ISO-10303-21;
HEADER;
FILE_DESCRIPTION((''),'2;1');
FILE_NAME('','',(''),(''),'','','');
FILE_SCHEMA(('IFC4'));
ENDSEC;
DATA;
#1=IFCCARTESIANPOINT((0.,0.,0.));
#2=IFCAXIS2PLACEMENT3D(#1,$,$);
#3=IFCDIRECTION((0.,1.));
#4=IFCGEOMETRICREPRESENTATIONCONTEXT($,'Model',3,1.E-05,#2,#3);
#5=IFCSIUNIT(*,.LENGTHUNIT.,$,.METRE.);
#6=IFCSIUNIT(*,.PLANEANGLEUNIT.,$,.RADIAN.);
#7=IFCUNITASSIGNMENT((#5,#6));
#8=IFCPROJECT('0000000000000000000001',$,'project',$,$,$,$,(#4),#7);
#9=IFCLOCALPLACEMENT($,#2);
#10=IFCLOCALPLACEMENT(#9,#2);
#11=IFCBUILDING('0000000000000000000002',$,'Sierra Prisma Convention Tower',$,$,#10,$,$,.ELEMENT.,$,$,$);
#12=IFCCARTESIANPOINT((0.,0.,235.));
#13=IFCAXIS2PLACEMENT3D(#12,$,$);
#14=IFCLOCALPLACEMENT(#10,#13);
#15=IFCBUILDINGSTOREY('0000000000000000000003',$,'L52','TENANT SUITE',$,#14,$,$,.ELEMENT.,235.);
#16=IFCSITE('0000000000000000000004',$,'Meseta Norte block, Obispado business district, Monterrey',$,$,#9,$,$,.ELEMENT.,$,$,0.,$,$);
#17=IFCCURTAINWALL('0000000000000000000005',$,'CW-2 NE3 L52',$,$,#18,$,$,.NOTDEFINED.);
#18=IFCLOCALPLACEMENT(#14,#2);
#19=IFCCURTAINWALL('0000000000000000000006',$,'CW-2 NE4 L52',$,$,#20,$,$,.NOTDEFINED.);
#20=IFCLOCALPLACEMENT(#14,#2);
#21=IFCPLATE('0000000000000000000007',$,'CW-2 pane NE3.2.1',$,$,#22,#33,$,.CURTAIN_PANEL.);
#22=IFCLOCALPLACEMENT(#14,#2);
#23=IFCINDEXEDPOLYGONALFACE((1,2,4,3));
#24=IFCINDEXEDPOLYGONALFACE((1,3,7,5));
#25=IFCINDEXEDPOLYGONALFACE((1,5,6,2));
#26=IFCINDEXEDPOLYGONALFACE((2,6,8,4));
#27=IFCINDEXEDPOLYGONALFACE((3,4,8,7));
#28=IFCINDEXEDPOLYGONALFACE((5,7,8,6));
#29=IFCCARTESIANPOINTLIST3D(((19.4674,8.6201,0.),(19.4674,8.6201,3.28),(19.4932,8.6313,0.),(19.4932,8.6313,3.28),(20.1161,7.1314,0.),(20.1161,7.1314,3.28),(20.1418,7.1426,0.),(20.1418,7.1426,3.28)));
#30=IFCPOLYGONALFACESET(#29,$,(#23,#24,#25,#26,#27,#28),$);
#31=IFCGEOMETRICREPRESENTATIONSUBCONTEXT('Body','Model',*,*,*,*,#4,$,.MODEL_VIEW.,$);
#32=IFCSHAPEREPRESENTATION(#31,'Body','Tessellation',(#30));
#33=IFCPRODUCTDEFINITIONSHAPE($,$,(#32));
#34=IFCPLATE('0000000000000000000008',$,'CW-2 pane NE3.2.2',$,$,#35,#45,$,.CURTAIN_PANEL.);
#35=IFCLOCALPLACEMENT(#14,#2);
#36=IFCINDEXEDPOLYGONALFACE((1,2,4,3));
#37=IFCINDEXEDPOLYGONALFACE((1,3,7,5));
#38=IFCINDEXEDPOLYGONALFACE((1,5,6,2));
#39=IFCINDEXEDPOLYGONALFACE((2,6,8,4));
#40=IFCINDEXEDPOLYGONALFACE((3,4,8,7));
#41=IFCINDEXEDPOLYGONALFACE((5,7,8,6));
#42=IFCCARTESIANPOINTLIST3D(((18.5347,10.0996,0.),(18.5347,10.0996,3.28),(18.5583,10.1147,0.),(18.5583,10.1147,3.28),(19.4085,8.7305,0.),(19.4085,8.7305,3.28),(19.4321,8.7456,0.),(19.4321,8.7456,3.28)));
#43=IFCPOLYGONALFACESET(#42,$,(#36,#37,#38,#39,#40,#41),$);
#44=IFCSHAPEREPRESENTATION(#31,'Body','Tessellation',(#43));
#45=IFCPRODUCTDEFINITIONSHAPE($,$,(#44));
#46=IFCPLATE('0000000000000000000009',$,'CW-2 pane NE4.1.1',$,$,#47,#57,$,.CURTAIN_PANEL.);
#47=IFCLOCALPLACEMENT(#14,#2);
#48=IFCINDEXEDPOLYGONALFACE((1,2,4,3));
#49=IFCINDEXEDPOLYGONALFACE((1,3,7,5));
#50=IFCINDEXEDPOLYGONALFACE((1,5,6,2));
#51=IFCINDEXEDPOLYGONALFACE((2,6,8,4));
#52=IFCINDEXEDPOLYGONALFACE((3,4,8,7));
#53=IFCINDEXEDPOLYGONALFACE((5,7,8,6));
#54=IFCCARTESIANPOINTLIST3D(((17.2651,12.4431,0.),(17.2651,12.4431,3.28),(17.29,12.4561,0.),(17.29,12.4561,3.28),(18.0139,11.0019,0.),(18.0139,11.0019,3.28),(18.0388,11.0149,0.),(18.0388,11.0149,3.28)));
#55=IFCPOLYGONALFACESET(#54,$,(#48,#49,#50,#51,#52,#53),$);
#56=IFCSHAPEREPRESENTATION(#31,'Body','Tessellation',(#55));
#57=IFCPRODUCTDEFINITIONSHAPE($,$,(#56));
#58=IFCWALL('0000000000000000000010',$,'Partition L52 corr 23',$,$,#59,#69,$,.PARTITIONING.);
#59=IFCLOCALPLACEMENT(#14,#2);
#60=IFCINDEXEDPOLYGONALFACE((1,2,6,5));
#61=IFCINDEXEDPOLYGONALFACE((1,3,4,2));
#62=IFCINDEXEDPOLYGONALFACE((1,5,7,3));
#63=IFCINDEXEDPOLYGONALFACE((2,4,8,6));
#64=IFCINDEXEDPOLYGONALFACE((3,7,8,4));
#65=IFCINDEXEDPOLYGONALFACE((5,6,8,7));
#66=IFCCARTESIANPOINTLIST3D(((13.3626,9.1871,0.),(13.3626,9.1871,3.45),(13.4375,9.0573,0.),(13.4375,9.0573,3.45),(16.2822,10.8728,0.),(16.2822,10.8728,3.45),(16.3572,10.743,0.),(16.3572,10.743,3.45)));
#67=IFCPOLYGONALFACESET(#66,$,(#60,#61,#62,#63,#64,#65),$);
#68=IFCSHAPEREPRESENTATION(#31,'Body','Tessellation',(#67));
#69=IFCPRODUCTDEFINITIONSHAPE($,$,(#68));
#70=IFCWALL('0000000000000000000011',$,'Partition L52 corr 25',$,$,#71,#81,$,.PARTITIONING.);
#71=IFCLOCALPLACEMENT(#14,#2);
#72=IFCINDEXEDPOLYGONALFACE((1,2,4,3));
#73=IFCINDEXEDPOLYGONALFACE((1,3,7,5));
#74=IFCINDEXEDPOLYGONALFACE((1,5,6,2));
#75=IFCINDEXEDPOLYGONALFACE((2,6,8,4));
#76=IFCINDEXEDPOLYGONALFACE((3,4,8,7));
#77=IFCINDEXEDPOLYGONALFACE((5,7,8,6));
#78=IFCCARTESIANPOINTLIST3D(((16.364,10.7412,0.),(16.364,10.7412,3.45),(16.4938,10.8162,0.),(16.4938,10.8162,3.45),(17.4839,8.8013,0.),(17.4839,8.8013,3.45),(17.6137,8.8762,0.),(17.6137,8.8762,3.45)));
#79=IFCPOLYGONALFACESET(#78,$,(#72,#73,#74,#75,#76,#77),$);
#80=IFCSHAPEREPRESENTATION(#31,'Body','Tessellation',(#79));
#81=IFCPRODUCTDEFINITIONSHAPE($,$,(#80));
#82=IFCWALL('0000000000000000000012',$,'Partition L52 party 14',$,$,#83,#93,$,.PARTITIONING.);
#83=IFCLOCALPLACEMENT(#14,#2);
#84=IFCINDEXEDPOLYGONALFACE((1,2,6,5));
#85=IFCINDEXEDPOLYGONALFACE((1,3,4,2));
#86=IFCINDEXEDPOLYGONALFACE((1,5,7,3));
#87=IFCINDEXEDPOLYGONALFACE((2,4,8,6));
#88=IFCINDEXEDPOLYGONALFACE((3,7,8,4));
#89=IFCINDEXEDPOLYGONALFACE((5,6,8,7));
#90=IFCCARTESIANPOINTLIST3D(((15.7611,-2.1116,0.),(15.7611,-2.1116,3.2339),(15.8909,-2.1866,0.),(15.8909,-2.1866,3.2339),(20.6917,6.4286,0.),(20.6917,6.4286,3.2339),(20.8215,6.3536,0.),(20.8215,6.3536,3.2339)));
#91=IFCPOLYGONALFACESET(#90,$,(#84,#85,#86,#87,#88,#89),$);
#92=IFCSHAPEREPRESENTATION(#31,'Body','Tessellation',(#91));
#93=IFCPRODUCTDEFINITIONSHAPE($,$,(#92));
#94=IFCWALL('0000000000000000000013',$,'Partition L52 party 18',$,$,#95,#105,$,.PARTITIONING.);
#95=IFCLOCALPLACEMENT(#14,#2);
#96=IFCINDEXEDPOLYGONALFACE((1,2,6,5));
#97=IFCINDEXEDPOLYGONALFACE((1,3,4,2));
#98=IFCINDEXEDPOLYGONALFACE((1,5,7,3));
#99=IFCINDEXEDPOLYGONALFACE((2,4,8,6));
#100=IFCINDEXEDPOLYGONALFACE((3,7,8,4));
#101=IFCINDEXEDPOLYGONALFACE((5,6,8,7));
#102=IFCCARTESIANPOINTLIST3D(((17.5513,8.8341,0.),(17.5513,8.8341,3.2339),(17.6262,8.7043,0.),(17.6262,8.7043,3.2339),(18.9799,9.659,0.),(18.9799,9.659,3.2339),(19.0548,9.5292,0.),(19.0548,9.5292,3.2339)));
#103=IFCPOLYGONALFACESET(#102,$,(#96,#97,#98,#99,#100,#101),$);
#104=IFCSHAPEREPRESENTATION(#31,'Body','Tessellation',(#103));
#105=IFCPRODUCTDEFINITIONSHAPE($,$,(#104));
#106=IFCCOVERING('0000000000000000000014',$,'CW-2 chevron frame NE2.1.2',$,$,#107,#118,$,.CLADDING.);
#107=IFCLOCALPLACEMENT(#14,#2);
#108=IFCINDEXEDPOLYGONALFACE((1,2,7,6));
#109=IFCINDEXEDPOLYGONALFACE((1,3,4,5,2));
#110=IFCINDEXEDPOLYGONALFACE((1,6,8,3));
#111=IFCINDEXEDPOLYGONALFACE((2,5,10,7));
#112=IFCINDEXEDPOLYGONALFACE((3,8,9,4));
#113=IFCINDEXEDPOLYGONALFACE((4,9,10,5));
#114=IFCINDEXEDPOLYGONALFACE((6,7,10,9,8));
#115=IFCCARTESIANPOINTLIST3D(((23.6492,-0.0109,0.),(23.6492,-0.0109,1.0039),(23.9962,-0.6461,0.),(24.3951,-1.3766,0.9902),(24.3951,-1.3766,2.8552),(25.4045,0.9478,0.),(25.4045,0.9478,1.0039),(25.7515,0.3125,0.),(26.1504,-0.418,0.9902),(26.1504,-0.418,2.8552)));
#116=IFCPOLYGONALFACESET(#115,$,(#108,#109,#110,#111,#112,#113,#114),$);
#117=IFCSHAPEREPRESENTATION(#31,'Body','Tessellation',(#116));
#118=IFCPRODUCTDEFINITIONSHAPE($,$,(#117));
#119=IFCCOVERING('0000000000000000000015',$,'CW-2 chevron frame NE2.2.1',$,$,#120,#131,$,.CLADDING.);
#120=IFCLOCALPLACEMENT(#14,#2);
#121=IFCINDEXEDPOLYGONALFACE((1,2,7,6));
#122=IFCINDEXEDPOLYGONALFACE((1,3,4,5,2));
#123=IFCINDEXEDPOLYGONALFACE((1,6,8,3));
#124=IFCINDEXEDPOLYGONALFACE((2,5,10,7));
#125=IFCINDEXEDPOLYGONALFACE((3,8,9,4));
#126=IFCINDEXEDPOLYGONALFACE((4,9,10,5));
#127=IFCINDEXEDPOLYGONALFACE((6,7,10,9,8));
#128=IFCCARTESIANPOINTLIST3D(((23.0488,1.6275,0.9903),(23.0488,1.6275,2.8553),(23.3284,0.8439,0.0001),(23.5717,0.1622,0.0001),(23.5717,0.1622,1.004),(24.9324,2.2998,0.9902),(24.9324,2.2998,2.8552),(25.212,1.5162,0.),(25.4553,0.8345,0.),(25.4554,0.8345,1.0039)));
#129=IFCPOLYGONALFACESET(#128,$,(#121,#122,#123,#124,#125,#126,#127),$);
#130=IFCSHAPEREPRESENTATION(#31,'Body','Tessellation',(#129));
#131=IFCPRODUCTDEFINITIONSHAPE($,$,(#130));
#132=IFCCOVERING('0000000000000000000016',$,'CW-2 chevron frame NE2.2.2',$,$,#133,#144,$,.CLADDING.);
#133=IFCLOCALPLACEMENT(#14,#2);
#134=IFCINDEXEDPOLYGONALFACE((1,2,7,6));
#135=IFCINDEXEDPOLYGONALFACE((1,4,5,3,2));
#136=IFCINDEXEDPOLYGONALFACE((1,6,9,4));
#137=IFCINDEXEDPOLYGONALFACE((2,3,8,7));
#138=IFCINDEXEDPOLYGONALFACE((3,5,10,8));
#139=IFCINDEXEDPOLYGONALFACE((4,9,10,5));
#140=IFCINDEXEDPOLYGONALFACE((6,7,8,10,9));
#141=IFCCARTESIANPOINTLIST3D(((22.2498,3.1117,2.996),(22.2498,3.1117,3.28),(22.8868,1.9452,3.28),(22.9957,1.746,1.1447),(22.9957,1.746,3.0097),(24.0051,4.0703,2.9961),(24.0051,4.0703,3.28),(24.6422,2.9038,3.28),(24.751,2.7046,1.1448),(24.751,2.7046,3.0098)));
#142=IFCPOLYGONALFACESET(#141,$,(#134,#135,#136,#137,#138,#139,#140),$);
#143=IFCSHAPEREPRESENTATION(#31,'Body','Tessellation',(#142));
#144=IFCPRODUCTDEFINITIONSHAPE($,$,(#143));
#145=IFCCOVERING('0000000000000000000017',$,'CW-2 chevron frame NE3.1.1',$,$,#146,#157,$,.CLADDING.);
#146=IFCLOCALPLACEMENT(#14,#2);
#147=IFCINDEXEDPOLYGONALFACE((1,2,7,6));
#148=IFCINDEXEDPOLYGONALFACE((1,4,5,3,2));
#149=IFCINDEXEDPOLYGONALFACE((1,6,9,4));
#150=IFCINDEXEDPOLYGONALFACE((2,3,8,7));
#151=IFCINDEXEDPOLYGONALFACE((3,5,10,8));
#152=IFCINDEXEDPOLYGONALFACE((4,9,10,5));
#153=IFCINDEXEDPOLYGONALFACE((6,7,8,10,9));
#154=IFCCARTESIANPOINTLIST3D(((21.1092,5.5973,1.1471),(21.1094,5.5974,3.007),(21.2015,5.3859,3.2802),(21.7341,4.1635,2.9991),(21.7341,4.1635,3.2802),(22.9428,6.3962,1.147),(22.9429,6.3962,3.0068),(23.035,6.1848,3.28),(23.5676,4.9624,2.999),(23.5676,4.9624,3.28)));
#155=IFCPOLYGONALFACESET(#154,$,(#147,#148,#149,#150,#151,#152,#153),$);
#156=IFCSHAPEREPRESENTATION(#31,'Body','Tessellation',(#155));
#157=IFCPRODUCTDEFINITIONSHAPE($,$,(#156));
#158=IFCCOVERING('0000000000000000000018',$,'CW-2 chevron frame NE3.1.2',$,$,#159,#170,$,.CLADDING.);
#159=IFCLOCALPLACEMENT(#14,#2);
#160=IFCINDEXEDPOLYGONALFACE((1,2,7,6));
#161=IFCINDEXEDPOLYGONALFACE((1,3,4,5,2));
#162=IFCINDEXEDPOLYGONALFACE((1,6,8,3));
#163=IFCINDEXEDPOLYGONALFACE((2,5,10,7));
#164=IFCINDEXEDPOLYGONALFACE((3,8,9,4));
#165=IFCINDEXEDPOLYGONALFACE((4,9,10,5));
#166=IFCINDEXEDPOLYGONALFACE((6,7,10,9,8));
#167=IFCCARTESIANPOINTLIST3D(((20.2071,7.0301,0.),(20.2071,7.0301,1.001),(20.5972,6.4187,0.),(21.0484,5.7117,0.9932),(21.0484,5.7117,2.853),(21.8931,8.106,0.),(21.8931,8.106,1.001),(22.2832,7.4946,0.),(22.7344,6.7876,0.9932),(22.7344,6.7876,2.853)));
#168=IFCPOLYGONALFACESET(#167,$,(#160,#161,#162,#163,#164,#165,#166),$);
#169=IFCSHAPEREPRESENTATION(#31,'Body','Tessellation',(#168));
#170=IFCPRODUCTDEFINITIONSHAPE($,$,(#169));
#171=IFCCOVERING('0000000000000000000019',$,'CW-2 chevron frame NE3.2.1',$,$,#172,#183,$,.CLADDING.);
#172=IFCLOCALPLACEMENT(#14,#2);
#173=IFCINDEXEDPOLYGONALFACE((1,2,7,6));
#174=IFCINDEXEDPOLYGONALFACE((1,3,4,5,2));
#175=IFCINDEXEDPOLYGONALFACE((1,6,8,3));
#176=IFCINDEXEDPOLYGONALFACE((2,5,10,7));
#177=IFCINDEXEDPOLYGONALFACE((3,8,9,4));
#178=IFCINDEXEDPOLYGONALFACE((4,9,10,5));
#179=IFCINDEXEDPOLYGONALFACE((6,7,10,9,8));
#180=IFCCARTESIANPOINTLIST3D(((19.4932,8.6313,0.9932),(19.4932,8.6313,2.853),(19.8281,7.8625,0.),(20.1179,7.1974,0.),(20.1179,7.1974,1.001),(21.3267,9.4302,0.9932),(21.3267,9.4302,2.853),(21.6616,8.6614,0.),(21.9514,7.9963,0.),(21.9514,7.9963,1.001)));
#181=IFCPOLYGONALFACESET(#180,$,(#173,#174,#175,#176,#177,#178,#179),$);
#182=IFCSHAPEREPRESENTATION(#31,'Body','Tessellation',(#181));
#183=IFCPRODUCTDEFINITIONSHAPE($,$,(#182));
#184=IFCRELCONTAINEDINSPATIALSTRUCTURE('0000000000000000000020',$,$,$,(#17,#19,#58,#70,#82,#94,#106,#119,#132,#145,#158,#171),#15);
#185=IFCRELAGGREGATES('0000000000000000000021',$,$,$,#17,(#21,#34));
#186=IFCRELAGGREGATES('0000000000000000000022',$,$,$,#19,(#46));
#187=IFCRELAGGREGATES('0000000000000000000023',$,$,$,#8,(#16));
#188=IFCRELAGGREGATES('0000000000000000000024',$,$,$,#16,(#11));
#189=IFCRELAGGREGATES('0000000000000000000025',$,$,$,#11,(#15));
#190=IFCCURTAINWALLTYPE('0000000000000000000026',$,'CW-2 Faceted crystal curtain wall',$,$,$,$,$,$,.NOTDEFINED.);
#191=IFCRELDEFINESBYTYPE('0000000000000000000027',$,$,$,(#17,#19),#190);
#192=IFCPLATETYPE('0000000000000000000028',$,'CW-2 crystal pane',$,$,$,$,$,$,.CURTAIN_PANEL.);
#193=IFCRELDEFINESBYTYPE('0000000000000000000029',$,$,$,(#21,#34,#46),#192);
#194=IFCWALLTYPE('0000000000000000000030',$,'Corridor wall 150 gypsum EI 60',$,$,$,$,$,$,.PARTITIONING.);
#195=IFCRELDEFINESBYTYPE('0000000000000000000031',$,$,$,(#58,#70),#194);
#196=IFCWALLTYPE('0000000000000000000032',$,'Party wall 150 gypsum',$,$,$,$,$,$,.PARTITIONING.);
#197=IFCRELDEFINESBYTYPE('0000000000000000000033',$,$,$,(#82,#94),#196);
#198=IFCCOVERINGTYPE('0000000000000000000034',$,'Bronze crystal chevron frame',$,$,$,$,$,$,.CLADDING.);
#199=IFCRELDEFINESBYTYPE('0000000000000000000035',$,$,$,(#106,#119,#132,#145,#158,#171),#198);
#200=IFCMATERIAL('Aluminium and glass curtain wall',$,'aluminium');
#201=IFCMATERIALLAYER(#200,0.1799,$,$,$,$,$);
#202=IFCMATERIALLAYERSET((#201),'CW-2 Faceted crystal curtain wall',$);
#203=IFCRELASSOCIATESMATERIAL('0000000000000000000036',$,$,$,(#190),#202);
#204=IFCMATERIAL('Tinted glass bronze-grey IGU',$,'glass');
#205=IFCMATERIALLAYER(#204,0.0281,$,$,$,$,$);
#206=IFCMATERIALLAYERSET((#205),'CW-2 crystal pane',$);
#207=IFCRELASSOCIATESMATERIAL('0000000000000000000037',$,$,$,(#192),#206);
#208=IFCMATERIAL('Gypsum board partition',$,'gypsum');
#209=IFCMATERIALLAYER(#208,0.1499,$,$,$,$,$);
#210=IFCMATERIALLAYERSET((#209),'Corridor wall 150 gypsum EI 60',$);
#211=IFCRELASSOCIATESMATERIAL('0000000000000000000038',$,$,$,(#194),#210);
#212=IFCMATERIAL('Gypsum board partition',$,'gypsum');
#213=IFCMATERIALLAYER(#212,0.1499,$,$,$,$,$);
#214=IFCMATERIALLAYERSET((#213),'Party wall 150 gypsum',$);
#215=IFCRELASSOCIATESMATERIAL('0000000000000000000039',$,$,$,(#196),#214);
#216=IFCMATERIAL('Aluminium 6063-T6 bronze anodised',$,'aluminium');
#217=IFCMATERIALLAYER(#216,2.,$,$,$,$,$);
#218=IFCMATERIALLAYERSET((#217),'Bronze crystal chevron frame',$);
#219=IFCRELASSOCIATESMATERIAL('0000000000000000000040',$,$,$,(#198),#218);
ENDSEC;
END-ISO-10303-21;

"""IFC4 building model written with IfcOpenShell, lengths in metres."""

from ifc_helpers import new_model, si_unit, direction, frame, frame_2d, origin, place, context, subcontext, project, spatial, polyline, rectangle, outline, extrude, material, layer, layer_set, type_object, element, aggregate, save


model = new_model("IFC4")

# Units and contexts
model_context = context("Model", 3, precision=1e-05, world=origin(), true_north=direction((0.0, 1.0)))
body_context = subcontext(model_context, "Body", "Model", "MODEL_VIEW")
ifc_project = project(units=[si_unit("LENGTHUNIT", "METRE"), si_unit("PLANEANGLEUNIT", "RADIAN")], contexts=[model_context])

# Site, building, storey
site_placement = place(None, origin())
site = spatial("IfcSite", under=ifc_project, at=site_placement, Name="Meseta Norte block, Obispado business district, Monterrey", CompositionType="ELEMENT", RefElevation=0.0)
building_placement = place(site_placement, origin())
building = spatial("IfcBuilding", under=site, at=building_placement, Name="Sierra Prisma Convention Tower", CompositionType="ELEMENT")
storey_placement = place(building_placement, frame((0.0, 0.0, 235.0)))
storey = spatial("IfcBuildingStorey", under=building, at=storey_placement, Name="L52", Description="TENANT SUITE", CompositionType="ELEMENT", Elevation=235.0)

# Curtain wall
ifc_material_1 = material(Name="Aluminium and glass curtain wall", Category="aluminium")
ifc_layer_1 = layer(ifc_material_1, 0.1799)
ifc_layer_set_1 = layer_set([ifc_layer_1], Name="CW-2 Faceted crystal curtain wall")
curtain_wall_type = type_object("IfcCurtainWallType", Name="CW-2 Faceted crystal curtain wall", PredefinedType="NOTDEFINED", material=ifc_layer_set_1)
curtain_wall_1_placement = place(storey_placement, origin())
curtain_wall_1 = element("IfcCurtainWall", 1, at=curtain_wall_1_placement, inside=storey, type_object=curtain_wall_type, Name="CW-2 NE3 L52", PredefinedType="NOTDEFINED")

# Curtain wall
curtain_wall_2_placement = place(storey_placement, origin())
curtain_wall_2 = element("IfcCurtainWall", 2, at=curtain_wall_2_placement, inside=storey, type_object=curtain_wall_type, Name="CW-2 NE4 L52", PredefinedType="NOTDEFINED")

# Plates
ifc_material_2 = material(Name="Tinted glass bronze-grey IGU", Category="glass")
ifc_layer_2 = layer(ifc_material_2, 0.0281)
ifc_layer_set_2 = layer_set([ifc_layer_2], Name="CW-2 crystal pane")
plate_type = type_object("IfcPlateType", Name="CW-2 crystal pane", PredefinedType="CURTAIN_PANEL", material=ifc_layer_set_2)
plate_1_placement = place(storey_placement, frame((20.1418, 7.1426, 0.0), z_axis=(0.916757, 0.399446, 0.0), x_axis=(-0.399446, 0.916757, 0.0)))
plate_1 = element("IfcPlate", 3, at=plate_1_placement, type_object=plate_type, Name="CW-2 pane NE3.2.1", PredefinedType="CURTAIN_PANEL", context=body_context, shape_type="SweptSolid", body=[
    extrude(outline(polyline([(0.0, 0.0), (1.624, 0.0), (1.624, 3.28), (0.0, 3.28), (0.0, 0.0)])), origin(), (0.0, 0.0, -1.0), 0.0281),
])
plate_2_placement = place(storey_placement, frame((18.5583, 10.1147, 0.0), z_axis=(0.842961, 0.537974, 0.0), x_axis=(0.537974, -0.842961, 0.0)))
plate_2 = element("IfcPlate", 4, at=plate_2_placement, type_object=plate_type, Name="CW-2 pane NE3.2.2", PredefinedType="CURTAIN_PANEL", context=body_context, shape_type="SweptSolid", body=[
    extrude(outline(polyline([(0.0, 0.0), (1.6242, 0.0), (1.6242, -3.28), (0.0, -3.28), (0.0, 0.0)])), origin(), (0.0, 0.0, -1.0), 0.0281),
])
aggregate(curtain_wall_1, [plate_1, plate_2])
plate_3_placement = place(storey_placement, frame((18.0388, 11.0149, 0.0), z_axis=(0.887374, 0.46105, 0.0), x_axis=(-0.46105, 0.887374, 0.0)))
plate_3 = element("IfcPlate", 5, at=plate_3_placement, type_object=plate_type, Name="CW-2 pane NE4.1.1", PredefinedType="CURTAIN_PANEL", context=body_context, shape_type="SweptSolid", body=[
    extrude(outline(polyline([(0.0, 0.0), (1.6241, 0.0), (1.6241, 3.28), (0.0, 3.28), (0.0, 0.0)])), origin(), (0.0, 0.0, -1.0), 0.0281),
])
aggregate(curtain_wall_2, [plate_3])

# Walls
ifc_material_3 = material(Name="Gypsum board partition", Category="gypsum")
ifc_layer_3 = layer(ifc_material_3, 0.1499)
ifc_layer_set_3 = layer_set([ifc_layer_3], Name="Corridor wall 150 gypsum EI 60")
wall_type_1 = type_object("IfcWallType", Name="Corridor wall 150 gypsum EI 60", PredefinedType="PARTITIONING", material=ifc_layer_set_3)
wall_1_placement = place(storey_placement, frame((16.3196, 10.8079, 0.0), z_axis=(0.0, 0.0, 1.0), x_axis=(-0.866011, -0.500025, 0.0)))
element("IfcWall", 6, at=wall_1_placement, inside=storey, type_object=wall_type_1, Name="Partition L52 corr 23", PredefinedType="PARTITIONING", context=body_context, shape_type="SweptSolid", body=[
    extrude(rectangle(XDim=3.3713, YDim=0.1499, at=frame_2d((1.6855, 0.0))), origin(), (0.0, 0.0, 1.0), 3.45),
])
wall_2_placement = place(storey_placement, frame((17.5488, 8.8386, 0.0), z_axis=(0.0, 0.0, 1.0), x_axis=(-0.499949, 0.866055, 0.0)))
element("IfcWall", 7, at=wall_2_placement, inside=storey, type_object=wall_type_1, Name="Partition L52 corr 25", PredefinedType="PARTITIONING", context=body_context, shape_type="SweptSolid", body=[
    extrude(rectangle(XDim=2.24, YDim=0.1499, at=frame_2d((1.1201, 0.0))), origin(), (0.0, 0.0, 1.0), 3.45),
])
ifc_material_4 = material(Name="Gypsum board partition", Category="gypsum")
ifc_layer_4 = layer(ifc_material_4, 0.1499)
ifc_layer_set_4 = layer_set([ifc_layer_4], Name="Party wall 150 gypsum")
wall_type_2 = type_object("IfcWallType", Name="Party wall 150 gypsum", PredefinedType="PARTITIONING", material=ifc_layer_set_4)
wall_3_placement = place(storey_placement, frame((20.7566, 6.3911, 0.0), z_axis=(0.0, 0.0, 1.0), x_axis=(-0.499995, -0.866029, 0.0)))
element("IfcWall", 8, at=wall_3_placement, inside=storey, type_object=wall_type_2, Name="Partition L52 party 14", PredefinedType="PARTITIONING", context=body_context, shape_type="SweptSolid", body=[
    extrude(rectangle(XDim=9.8613, YDim=0.1499, at=frame_2d((4.9307, 0.0))), origin(), (0.0, 0.0, 1.0), 3.2339),
])
wall_4_placement = place(storey_placement, frame((17.5889, 8.7693, 0.0), z_axis=(0.0, 0.0, 1.0), x_axis=(0.866003, 0.500038, 0.0)))
element("IfcWall", 9, at=wall_4_placement, inside=storey, type_object=wall_type_2, Name="Partition L52 party 18", PredefinedType="PARTITIONING", context=body_context, shape_type="SweptSolid", body=[
    extrude(rectangle(XDim=1.6497, YDim=0.1499, at=frame_2d((0.8247, 0.0))), origin(), (0.0, 0.0, 1.0), 3.2339),
])

# Coverings
ifc_material_5 = material(Name="Aluminium 6063-T6 bronze anodised", Category="aluminium")
ifc_layer_5 = layer(ifc_material_5, 2.0)
ifc_layer_set_5 = layer_set([ifc_layer_5], Name="Bronze crystal chevron frame")
covering_type = type_object("IfcCoveringType", Name="Bronze crystal chevron frame", PredefinedType="CLADDING", material=ifc_layer_set_5)
covering_1_placement = place(storey_placement, frame((26.1504, -0.418, 2.8552), z_axis=(0.87765, 0.479303, 0.0), x_axis=(0.0, 0.0, -1.0)))
element("IfcCovering", 10, at=covering_1_placement, inside=storey, type_object=covering_type, Name="CW-2 chevron frame NE2.1.2", PredefinedType="CLADDING", context=body_context, shape_type="SweptSolid", body=[
    extrude(outline(polyline([(0.0, 0.0), (1.865, 0.0), (2.8552, 0.8323), (2.8552, 1.5561), (1.8513, 1.5561), (0.0, 0.0)])), origin(), (0.0, 0.0, -1.0), 2.0),
])
covering_2_placement = place(storey_placement, frame((25.4553, 0.8345, 0.0), z_axis=(0.941811, 0.336142, -0.000041), x_axis=(-0.336142, 0.941811, 0.0)))
element("IfcCovering", 11, at=covering_2_placement, inside=storey, type_object=covering_type, Name="CW-2 chevron frame NE2.2.1", PredefinedType="CLADDING", context=body_context, shape_type="SweptSolid", body=[
    extrude(outline(polyline([(0.0, 0.0), (0.7238, 0.0), (1.5559, 0.9902), (1.5559, 2.8552), (0.0, 1.0039), (0.0, 0.0)])), origin(), (0.0, 0.0, -1.0), 2.0),
])
covering_3_placement = place(storey_placement, frame((24.0051, 4.0703, 3.28), z_axis=(0.877652, 0.479298, 0.000033), x_axis=(0.479298, -0.877652, 0.0)))
element("IfcCovering", 12, at=covering_3_placement, inside=storey, type_object=covering_type, Name="CW-2 chevron frame NE2.2.2", PredefinedType="CLADDING", context=body_context, shape_type="SweptSolid", body=[
    extrude(outline(polyline([(0.0, 0.0), (1.3291, 0.0), (1.5561, 0.2703), (1.5561, 2.1353), (0.0, 0.2839), (0.0, 0.0)])), origin(), (0.0, 0.0, -1.0), 2.0),
])
covering_4_placement = place(storey_placement, frame((23.5676, 4.9624, 3.28), z_axis=(0.916759, 0.399441, -0.000063), x_axis=(-0.000057, -0.000025, -1.0)))
element("IfcCovering", 13, at=covering_4_placement, inside=storey, type_object=covering_type, Name="CW-2 chevron frame NE3.1.1", PredefinedType="CLADDING", context=body_context, shape_type="SweptSolid", body=[
    extrude(outline(polyline([(0.0, 0.0), (0.281, 0.0), (2.1331, 1.564), (0.2732, 1.564), (0.0, 1.3333), (0.0, 0.0)])), origin(), (0.0, 0.0, -1.0), 2.0),
])
covering_5_placement = place(storey_placement, frame((22.7344, 6.7876, 2.853), z_axis=(0.842978, 0.537948, 0.000005), x_axis=(0.000004, 0.000003, -1.0)))
element("IfcCovering", 14, at=covering_5_placement, inside=storey, type_object=covering_type, Name="CW-2 chevron frame NE3.1.2", PredefinedType="CLADDING", context=body_context, shape_type="SweptSolid", body=[
    extrude(outline(polyline([(0.0, 0.0), (1.8599, 0.0), (2.853, 0.8387), (2.853, 1.5639), (1.8521, 1.5639), (0.0, 0.0)])), origin(), (0.0, 0.0, -1.0), 2.0),
])
covering_6_placement = place(storey_placement, frame((21.9514, 7.9963, 0.0), z_axis=(0.916753, 0.399454, -0.000006), x_axis=(-0.399454, 0.916753, 0.0)))
element("IfcCovering", 15, at=covering_6_placement, inside=storey, type_object=covering_type, Name="CW-2 chevron frame NE3.2.1", PredefinedType="CLADDING", context=body_context, shape_type="SweptSolid", body=[
    extrude(outline(polyline([(0.0, 0.0), (0.7254, 0.0), (1.564, 0.9932), (1.564, 2.853), (0.0, 1.001), (0.0, 0.0)])), origin(), (0.0, 0.0, -1.0), 2.0),
])

save(model, "model.ifc")
